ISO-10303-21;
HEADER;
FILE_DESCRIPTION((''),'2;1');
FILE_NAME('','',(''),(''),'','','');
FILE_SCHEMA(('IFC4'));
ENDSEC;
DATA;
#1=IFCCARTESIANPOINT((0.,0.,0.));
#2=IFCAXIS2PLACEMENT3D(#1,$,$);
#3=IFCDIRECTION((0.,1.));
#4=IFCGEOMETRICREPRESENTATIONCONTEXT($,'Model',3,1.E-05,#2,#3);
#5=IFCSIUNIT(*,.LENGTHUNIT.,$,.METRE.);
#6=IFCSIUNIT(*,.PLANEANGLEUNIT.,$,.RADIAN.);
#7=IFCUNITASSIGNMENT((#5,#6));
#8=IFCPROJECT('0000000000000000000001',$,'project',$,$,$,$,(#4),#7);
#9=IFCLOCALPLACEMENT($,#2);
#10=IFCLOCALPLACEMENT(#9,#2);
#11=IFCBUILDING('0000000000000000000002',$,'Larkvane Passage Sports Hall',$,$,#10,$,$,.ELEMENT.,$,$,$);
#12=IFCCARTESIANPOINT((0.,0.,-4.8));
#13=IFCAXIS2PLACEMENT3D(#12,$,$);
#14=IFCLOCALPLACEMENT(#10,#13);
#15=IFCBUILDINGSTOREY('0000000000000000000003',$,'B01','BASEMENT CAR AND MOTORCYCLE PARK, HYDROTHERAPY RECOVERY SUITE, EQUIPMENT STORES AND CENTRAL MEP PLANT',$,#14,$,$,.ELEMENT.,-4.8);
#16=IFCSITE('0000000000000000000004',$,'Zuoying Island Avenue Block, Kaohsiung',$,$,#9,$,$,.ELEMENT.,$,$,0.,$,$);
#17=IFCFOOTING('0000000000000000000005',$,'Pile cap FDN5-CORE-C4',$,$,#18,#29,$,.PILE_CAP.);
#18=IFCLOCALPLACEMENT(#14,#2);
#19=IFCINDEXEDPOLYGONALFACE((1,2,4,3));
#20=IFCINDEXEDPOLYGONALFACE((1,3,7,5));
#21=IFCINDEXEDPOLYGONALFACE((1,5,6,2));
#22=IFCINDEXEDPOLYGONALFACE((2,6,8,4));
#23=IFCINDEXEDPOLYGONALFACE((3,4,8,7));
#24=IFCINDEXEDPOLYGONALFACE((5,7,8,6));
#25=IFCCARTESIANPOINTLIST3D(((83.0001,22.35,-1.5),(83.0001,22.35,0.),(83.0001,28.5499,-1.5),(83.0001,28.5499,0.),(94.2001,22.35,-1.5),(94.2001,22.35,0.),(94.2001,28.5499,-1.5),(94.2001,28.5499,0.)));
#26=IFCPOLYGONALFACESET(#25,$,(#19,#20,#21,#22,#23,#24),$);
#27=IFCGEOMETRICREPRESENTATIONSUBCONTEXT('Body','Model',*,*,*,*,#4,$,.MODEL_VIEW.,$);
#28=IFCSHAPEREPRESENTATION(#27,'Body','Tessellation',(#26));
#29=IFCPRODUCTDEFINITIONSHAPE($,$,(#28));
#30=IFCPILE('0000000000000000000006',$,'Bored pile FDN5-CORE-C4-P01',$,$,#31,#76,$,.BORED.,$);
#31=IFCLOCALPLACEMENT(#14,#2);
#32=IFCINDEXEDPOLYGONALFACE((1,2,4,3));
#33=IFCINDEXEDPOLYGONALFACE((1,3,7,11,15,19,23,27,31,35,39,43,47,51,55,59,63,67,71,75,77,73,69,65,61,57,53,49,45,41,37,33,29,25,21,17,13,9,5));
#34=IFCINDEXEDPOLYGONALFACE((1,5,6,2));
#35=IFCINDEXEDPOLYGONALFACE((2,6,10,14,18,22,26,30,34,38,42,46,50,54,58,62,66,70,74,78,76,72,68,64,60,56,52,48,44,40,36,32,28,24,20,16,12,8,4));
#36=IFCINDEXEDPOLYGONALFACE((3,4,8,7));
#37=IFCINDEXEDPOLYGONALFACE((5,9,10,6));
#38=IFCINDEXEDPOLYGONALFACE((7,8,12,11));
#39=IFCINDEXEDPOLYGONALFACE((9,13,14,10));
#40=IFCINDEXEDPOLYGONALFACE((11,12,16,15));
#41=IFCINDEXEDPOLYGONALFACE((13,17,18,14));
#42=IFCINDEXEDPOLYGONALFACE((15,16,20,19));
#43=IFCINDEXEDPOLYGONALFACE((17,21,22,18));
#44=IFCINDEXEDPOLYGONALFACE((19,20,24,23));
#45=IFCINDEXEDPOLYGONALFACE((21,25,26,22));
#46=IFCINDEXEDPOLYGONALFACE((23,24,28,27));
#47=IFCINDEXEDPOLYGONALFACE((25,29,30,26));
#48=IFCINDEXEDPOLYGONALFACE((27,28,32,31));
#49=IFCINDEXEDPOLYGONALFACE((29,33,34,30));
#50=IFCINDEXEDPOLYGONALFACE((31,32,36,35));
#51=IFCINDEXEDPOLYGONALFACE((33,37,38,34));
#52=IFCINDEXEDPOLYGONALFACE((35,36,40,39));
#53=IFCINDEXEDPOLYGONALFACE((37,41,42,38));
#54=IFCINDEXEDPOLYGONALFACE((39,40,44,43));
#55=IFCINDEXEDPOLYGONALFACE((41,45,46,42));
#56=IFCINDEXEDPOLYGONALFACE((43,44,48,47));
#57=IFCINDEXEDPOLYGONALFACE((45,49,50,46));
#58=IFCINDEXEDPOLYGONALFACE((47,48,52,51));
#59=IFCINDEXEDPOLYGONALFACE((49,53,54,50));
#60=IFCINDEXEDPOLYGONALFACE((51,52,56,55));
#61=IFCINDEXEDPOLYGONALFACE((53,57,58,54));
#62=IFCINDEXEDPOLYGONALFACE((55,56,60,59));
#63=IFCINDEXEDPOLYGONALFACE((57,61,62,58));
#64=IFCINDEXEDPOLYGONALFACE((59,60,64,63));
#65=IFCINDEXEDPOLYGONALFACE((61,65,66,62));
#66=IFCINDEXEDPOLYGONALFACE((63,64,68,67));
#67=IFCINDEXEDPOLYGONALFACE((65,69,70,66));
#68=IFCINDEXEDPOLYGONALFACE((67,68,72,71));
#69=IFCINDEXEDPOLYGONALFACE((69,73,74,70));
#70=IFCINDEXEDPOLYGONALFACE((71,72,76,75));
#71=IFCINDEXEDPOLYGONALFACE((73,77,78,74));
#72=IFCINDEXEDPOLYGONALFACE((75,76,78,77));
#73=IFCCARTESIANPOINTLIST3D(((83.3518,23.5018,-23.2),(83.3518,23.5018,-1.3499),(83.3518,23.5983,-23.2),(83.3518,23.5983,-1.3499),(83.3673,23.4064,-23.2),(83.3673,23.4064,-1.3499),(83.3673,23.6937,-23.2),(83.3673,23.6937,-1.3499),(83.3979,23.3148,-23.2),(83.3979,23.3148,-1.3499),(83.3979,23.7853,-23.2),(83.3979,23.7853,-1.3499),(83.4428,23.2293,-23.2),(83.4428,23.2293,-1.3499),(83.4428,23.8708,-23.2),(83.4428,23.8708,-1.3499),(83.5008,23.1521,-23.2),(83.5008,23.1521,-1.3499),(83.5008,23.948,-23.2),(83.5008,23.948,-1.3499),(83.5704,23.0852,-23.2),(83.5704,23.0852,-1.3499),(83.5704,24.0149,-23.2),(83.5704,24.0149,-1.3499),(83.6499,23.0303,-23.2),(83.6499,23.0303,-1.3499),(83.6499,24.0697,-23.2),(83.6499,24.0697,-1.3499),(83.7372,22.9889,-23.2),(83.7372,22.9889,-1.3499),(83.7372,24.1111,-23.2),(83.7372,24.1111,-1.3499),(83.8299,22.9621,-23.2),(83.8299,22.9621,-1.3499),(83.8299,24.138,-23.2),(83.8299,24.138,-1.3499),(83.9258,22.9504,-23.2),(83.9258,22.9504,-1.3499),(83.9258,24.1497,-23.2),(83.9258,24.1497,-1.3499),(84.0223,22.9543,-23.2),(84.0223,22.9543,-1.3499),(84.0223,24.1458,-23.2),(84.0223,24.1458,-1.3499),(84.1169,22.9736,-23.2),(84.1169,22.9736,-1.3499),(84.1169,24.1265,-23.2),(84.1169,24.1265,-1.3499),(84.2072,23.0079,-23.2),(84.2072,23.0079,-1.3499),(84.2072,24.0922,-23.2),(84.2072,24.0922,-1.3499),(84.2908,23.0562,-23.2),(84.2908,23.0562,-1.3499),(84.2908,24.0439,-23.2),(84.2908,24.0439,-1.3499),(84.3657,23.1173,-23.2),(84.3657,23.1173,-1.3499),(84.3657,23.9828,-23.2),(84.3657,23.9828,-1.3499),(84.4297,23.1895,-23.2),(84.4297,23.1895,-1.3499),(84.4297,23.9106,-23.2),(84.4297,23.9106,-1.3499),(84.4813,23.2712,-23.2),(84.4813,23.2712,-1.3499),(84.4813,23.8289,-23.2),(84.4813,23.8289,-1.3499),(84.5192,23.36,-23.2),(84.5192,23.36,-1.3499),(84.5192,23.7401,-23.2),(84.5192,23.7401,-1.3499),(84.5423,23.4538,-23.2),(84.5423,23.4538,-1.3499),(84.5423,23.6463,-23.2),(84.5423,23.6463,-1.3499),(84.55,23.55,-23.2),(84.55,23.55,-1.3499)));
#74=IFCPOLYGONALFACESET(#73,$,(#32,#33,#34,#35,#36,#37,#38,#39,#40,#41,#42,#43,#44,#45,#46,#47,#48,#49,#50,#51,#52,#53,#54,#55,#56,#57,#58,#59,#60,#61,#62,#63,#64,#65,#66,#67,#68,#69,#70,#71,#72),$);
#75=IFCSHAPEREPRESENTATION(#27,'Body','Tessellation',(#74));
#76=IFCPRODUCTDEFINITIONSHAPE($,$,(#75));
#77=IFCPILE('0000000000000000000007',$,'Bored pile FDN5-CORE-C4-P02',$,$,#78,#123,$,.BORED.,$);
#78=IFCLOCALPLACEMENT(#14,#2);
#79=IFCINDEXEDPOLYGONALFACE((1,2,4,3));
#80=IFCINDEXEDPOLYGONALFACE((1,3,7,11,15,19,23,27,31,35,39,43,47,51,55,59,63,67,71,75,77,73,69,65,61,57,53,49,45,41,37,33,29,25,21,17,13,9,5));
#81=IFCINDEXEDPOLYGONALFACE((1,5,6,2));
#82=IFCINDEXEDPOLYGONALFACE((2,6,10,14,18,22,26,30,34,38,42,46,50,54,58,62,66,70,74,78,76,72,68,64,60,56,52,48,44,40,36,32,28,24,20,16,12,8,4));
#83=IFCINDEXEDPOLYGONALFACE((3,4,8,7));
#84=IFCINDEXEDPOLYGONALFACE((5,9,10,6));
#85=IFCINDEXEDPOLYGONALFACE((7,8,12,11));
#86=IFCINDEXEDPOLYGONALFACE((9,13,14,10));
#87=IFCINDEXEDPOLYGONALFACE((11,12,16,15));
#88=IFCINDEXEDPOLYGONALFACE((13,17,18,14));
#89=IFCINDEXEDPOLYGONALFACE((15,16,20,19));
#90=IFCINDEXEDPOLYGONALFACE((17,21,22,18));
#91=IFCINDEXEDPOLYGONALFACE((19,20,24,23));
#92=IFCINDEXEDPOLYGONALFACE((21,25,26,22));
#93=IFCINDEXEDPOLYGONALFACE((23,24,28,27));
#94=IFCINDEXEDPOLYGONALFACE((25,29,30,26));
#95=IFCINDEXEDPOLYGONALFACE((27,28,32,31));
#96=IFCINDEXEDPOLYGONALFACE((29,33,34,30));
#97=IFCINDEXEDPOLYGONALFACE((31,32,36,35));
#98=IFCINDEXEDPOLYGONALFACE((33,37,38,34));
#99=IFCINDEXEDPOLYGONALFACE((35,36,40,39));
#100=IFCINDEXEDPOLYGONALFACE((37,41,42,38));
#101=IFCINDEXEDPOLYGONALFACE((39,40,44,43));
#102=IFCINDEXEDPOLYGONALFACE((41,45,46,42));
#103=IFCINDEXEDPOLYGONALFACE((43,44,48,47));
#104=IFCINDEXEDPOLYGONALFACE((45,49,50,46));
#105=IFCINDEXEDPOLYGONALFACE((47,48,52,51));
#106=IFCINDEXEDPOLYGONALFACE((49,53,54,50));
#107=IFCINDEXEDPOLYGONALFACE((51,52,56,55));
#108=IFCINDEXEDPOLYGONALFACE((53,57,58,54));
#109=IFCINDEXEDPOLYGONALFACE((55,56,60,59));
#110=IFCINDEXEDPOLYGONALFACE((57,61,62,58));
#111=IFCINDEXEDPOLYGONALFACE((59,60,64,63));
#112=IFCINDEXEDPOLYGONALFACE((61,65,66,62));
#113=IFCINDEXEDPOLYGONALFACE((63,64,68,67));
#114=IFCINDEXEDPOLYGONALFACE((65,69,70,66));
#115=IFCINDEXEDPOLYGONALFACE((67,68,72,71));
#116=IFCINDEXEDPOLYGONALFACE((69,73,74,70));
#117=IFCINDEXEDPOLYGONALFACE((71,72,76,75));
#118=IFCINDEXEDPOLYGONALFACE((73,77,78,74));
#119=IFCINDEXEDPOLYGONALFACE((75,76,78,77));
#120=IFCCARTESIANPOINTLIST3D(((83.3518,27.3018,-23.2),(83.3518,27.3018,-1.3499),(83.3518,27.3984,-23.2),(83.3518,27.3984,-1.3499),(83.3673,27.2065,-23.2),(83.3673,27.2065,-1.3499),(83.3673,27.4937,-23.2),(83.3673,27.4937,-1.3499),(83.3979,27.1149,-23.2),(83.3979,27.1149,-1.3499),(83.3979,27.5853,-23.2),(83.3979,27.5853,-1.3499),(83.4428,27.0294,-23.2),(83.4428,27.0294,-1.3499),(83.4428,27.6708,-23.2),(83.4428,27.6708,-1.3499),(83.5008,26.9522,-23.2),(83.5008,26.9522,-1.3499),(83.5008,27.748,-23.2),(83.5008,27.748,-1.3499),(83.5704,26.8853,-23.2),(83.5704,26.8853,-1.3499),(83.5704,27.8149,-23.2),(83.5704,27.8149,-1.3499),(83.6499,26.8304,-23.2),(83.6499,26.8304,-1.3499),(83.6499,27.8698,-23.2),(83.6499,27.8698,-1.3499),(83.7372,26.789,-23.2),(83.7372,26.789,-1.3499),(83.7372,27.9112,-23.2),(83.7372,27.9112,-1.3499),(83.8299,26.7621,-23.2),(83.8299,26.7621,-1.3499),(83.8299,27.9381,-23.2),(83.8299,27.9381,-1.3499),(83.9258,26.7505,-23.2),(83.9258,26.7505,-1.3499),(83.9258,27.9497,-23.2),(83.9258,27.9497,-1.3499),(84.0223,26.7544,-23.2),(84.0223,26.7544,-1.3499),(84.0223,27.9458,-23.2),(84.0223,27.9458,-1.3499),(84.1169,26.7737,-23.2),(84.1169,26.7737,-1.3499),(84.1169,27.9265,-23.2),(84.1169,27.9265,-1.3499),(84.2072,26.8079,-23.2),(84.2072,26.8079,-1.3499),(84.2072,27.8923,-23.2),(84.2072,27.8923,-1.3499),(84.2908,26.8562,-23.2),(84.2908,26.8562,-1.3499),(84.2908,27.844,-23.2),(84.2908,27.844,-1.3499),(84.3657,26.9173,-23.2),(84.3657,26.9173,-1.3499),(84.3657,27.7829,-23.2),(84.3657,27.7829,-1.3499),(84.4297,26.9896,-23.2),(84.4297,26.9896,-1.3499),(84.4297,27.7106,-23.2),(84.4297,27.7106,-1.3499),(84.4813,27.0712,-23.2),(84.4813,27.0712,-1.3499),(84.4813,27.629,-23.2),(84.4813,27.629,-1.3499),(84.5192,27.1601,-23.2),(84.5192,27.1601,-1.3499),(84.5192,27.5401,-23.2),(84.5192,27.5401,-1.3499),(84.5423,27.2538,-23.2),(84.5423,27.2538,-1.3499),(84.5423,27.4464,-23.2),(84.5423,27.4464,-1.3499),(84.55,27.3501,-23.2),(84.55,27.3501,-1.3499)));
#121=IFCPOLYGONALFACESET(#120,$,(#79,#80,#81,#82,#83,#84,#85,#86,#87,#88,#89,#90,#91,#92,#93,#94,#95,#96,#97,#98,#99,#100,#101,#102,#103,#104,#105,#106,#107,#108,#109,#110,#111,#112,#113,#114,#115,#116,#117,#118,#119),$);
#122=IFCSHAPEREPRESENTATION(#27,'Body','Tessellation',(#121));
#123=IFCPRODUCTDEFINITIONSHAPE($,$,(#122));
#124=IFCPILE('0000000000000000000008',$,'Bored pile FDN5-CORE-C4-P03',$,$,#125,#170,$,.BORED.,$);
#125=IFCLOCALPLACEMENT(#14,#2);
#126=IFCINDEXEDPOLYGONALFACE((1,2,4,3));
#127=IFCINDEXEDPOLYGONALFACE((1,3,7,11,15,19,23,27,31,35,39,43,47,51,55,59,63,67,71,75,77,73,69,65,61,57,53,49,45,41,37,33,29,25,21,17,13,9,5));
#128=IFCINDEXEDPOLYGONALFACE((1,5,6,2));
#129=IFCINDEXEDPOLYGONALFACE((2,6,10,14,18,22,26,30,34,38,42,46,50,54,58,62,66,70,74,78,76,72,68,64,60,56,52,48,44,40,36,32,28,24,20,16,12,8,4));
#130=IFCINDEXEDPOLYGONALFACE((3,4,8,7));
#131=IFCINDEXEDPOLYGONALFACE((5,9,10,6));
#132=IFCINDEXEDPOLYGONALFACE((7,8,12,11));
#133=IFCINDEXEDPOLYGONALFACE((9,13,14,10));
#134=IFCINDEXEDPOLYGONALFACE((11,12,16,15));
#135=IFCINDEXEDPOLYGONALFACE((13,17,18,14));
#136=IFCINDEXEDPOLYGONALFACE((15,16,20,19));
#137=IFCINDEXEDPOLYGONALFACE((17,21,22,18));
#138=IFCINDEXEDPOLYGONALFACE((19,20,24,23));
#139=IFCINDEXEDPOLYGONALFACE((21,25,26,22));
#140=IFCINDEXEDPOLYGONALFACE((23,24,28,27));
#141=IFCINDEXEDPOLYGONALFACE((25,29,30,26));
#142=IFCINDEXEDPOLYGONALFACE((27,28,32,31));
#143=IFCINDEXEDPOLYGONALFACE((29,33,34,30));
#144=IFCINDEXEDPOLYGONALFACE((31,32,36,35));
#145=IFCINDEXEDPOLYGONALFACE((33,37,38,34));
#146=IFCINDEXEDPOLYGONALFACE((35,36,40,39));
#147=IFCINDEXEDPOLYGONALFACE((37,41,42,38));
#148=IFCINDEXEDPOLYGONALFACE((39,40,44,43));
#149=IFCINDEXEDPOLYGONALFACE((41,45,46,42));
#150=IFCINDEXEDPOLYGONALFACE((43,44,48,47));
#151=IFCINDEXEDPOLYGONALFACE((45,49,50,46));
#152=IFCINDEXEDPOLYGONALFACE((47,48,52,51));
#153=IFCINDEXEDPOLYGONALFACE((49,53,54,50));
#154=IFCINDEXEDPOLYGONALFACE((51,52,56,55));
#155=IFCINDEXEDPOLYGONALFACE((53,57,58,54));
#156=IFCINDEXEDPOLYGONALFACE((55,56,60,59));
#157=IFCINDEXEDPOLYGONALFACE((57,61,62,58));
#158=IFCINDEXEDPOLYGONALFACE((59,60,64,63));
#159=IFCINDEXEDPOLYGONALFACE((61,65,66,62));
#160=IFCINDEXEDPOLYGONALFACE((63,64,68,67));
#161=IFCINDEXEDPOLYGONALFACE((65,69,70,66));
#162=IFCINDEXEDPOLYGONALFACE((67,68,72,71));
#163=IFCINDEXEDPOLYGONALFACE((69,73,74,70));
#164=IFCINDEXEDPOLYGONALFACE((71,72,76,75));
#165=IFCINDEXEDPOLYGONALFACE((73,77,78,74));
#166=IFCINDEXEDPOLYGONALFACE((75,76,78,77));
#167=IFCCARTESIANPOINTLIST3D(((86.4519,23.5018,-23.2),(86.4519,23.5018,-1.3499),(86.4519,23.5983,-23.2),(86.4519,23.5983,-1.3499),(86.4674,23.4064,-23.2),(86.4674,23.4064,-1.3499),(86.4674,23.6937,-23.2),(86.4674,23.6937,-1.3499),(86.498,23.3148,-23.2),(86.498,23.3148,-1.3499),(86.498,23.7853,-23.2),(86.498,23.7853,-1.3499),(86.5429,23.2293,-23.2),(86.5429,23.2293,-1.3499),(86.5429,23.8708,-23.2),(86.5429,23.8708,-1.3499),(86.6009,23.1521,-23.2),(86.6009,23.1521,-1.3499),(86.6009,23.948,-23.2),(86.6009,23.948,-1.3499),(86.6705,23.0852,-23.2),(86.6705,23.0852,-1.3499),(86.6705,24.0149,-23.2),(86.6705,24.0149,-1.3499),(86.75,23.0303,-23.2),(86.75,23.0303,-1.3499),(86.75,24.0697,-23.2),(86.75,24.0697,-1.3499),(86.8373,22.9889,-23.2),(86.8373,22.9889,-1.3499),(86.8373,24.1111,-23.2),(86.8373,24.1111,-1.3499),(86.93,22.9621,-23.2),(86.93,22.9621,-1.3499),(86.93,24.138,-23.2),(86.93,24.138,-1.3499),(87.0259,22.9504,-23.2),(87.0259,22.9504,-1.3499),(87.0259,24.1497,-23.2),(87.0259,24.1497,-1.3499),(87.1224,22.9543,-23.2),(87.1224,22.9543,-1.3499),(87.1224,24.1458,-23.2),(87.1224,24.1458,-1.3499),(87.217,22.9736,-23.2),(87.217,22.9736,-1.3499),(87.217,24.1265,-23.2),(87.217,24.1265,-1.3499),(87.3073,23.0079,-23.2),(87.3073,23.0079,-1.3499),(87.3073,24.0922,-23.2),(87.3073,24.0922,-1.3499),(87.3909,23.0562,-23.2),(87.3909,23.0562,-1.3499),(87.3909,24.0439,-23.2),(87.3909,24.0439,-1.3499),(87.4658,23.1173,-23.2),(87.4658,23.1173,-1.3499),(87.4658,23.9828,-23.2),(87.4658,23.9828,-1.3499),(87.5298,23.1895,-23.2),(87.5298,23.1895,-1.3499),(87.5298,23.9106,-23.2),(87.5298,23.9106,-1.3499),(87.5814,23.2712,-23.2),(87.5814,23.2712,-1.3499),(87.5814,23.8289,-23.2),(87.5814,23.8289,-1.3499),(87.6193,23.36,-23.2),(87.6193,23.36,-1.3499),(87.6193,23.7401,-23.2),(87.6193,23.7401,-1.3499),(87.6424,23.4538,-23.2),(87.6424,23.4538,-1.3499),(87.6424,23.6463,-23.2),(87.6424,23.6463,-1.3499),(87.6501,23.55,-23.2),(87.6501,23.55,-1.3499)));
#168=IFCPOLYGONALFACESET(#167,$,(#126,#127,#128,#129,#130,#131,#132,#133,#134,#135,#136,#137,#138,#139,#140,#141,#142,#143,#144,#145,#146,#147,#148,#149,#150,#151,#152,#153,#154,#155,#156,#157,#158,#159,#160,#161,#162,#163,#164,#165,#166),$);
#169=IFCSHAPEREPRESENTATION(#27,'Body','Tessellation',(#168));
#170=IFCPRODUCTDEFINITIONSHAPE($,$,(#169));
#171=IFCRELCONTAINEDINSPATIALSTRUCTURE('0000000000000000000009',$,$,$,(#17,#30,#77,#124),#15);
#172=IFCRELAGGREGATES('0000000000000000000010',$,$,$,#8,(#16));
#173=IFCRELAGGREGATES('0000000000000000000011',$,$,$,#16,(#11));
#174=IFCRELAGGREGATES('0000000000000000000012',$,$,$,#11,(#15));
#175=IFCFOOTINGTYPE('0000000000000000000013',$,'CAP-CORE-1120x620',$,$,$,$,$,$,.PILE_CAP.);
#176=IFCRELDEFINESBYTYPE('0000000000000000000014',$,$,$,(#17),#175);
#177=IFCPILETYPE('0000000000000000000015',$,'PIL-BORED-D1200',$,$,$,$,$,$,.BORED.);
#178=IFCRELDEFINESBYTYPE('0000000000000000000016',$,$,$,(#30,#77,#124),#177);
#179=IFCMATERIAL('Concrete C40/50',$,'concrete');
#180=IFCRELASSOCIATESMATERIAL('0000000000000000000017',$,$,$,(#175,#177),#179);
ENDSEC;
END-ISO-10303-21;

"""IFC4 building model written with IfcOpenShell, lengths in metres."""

from ifc_helpers import new_model, si_unit, direction, frame, origin, origin_2d, place, context, subcontext, project, spatial, rectangle, circle, extrude, material, material_profile, profile_set, type_object, element, save


model = new_model("IFC4")

# Units and contexts
model_context = context("Model", 3, precision=1e-05, world=origin(), true_north=direction((0.0, 1.0)))
body_context = subcontext(model_context, "Body", "Model", "MODEL_VIEW")
ifc_project = project(units=[si_unit("LENGTHUNIT", "METRE"), si_unit("PLANEANGLEUNIT", "RADIAN")], contexts=[model_context])

# Site, building, storey
site_placement = place(None, origin())
site = spatial("IfcSite", under=ifc_project, at=site_placement, Name="Zuoying Island Avenue Block, Kaohsiung", CompositionType="ELEMENT", RefElevation=0.0)
building_placement = place(site_placement, origin())
building = spatial("IfcBuilding", under=site, at=building_placement, Name="Larkvane Passage Sports Hall", CompositionType="ELEMENT")
storey_placement = place(building_placement, frame((0.0, 0.0, -4.8)))
storey = spatial("IfcBuildingStorey", under=building, at=storey_placement, Name="B01", Description="BASEMENT CAR AND MOTORCYCLE PARK, HYDROTHERAPY RECOVERY SUITE, EQUIPMENT STORES AND CENTRAL MEP PLANT", CompositionType="ELEMENT", Elevation=-4.8)

# Footing
ifc_material_1 = material(Name="Concrete C40/50", Category="concrete")
footing_type = type_object("IfcFootingType", Name="CAP-CORE-1120x620", PredefinedType="PILE_CAP", material=ifc_material_1)
footing_placement = place(storey_placement, frame((88.6001, 25.45, -1.5), z_axis=(0.0, 0.0, 1.0), x_axis=(1.0, 0.0, 0.0)))
element("IfcFooting", 1, at=footing_placement, inside=storey, type_object=footing_type, Name="Pile cap FDN5-CORE-C4", PredefinedType="PILE_CAP", context=body_context, shape_type="SweptSolid", body=[
    extrude(rectangle(XDim=11.2, YDim=6.2, at=origin_2d()), origin(), (0.0, 0.0, 1.0), 1.5),
])

# Piles
ifc_material_profile = material_profile(ifc_material_1, circle(Radius=0.6001, at=origin_2d()), Name="PILE-D1200")
ifc_profile_set = profile_set([ifc_material_profile], Name="Concrete C40/50")
pile_type = type_object("IfcPileType", Name="PIL-BORED-D1200", PredefinedType="BORED", material=ifc_profile_set)
for number, where, z_axis, x_axis, name in (
    (2, (83.95, 23.55, -1.3499), (0.0, 0.0, -1.0), (1.0, 0.0, 0.0), "Bored pile FDN5-CORE-C4-P01"),
    (3, (83.95, 27.3501, -1.3499), (0.0, 0.0, -1.0), (1.0, 0.0, 0.0), "Bored pile FDN5-CORE-C4-P02"),
    (4, (87.05, 23.55, -1.3499), (0.0, 0.0, -1.0), (1.0, 0.0, 0.0), "Bored pile FDN5-CORE-C4-P03"),
):
    element("IfcPile", number, at=place(storey_placement, frame(where, z_axis=z_axis, x_axis=x_axis)), inside=storey, type_object=pile_type, Name=name, PredefinedType="BORED", context=body_context, shape_type="SweptSolid", body=[
        extrude(circle(Radius=0.6001, at=origin_2d()), origin(), (0.0, 0.0, 1.0), 21.8501),
    ])

save(model, "model.ifc")
